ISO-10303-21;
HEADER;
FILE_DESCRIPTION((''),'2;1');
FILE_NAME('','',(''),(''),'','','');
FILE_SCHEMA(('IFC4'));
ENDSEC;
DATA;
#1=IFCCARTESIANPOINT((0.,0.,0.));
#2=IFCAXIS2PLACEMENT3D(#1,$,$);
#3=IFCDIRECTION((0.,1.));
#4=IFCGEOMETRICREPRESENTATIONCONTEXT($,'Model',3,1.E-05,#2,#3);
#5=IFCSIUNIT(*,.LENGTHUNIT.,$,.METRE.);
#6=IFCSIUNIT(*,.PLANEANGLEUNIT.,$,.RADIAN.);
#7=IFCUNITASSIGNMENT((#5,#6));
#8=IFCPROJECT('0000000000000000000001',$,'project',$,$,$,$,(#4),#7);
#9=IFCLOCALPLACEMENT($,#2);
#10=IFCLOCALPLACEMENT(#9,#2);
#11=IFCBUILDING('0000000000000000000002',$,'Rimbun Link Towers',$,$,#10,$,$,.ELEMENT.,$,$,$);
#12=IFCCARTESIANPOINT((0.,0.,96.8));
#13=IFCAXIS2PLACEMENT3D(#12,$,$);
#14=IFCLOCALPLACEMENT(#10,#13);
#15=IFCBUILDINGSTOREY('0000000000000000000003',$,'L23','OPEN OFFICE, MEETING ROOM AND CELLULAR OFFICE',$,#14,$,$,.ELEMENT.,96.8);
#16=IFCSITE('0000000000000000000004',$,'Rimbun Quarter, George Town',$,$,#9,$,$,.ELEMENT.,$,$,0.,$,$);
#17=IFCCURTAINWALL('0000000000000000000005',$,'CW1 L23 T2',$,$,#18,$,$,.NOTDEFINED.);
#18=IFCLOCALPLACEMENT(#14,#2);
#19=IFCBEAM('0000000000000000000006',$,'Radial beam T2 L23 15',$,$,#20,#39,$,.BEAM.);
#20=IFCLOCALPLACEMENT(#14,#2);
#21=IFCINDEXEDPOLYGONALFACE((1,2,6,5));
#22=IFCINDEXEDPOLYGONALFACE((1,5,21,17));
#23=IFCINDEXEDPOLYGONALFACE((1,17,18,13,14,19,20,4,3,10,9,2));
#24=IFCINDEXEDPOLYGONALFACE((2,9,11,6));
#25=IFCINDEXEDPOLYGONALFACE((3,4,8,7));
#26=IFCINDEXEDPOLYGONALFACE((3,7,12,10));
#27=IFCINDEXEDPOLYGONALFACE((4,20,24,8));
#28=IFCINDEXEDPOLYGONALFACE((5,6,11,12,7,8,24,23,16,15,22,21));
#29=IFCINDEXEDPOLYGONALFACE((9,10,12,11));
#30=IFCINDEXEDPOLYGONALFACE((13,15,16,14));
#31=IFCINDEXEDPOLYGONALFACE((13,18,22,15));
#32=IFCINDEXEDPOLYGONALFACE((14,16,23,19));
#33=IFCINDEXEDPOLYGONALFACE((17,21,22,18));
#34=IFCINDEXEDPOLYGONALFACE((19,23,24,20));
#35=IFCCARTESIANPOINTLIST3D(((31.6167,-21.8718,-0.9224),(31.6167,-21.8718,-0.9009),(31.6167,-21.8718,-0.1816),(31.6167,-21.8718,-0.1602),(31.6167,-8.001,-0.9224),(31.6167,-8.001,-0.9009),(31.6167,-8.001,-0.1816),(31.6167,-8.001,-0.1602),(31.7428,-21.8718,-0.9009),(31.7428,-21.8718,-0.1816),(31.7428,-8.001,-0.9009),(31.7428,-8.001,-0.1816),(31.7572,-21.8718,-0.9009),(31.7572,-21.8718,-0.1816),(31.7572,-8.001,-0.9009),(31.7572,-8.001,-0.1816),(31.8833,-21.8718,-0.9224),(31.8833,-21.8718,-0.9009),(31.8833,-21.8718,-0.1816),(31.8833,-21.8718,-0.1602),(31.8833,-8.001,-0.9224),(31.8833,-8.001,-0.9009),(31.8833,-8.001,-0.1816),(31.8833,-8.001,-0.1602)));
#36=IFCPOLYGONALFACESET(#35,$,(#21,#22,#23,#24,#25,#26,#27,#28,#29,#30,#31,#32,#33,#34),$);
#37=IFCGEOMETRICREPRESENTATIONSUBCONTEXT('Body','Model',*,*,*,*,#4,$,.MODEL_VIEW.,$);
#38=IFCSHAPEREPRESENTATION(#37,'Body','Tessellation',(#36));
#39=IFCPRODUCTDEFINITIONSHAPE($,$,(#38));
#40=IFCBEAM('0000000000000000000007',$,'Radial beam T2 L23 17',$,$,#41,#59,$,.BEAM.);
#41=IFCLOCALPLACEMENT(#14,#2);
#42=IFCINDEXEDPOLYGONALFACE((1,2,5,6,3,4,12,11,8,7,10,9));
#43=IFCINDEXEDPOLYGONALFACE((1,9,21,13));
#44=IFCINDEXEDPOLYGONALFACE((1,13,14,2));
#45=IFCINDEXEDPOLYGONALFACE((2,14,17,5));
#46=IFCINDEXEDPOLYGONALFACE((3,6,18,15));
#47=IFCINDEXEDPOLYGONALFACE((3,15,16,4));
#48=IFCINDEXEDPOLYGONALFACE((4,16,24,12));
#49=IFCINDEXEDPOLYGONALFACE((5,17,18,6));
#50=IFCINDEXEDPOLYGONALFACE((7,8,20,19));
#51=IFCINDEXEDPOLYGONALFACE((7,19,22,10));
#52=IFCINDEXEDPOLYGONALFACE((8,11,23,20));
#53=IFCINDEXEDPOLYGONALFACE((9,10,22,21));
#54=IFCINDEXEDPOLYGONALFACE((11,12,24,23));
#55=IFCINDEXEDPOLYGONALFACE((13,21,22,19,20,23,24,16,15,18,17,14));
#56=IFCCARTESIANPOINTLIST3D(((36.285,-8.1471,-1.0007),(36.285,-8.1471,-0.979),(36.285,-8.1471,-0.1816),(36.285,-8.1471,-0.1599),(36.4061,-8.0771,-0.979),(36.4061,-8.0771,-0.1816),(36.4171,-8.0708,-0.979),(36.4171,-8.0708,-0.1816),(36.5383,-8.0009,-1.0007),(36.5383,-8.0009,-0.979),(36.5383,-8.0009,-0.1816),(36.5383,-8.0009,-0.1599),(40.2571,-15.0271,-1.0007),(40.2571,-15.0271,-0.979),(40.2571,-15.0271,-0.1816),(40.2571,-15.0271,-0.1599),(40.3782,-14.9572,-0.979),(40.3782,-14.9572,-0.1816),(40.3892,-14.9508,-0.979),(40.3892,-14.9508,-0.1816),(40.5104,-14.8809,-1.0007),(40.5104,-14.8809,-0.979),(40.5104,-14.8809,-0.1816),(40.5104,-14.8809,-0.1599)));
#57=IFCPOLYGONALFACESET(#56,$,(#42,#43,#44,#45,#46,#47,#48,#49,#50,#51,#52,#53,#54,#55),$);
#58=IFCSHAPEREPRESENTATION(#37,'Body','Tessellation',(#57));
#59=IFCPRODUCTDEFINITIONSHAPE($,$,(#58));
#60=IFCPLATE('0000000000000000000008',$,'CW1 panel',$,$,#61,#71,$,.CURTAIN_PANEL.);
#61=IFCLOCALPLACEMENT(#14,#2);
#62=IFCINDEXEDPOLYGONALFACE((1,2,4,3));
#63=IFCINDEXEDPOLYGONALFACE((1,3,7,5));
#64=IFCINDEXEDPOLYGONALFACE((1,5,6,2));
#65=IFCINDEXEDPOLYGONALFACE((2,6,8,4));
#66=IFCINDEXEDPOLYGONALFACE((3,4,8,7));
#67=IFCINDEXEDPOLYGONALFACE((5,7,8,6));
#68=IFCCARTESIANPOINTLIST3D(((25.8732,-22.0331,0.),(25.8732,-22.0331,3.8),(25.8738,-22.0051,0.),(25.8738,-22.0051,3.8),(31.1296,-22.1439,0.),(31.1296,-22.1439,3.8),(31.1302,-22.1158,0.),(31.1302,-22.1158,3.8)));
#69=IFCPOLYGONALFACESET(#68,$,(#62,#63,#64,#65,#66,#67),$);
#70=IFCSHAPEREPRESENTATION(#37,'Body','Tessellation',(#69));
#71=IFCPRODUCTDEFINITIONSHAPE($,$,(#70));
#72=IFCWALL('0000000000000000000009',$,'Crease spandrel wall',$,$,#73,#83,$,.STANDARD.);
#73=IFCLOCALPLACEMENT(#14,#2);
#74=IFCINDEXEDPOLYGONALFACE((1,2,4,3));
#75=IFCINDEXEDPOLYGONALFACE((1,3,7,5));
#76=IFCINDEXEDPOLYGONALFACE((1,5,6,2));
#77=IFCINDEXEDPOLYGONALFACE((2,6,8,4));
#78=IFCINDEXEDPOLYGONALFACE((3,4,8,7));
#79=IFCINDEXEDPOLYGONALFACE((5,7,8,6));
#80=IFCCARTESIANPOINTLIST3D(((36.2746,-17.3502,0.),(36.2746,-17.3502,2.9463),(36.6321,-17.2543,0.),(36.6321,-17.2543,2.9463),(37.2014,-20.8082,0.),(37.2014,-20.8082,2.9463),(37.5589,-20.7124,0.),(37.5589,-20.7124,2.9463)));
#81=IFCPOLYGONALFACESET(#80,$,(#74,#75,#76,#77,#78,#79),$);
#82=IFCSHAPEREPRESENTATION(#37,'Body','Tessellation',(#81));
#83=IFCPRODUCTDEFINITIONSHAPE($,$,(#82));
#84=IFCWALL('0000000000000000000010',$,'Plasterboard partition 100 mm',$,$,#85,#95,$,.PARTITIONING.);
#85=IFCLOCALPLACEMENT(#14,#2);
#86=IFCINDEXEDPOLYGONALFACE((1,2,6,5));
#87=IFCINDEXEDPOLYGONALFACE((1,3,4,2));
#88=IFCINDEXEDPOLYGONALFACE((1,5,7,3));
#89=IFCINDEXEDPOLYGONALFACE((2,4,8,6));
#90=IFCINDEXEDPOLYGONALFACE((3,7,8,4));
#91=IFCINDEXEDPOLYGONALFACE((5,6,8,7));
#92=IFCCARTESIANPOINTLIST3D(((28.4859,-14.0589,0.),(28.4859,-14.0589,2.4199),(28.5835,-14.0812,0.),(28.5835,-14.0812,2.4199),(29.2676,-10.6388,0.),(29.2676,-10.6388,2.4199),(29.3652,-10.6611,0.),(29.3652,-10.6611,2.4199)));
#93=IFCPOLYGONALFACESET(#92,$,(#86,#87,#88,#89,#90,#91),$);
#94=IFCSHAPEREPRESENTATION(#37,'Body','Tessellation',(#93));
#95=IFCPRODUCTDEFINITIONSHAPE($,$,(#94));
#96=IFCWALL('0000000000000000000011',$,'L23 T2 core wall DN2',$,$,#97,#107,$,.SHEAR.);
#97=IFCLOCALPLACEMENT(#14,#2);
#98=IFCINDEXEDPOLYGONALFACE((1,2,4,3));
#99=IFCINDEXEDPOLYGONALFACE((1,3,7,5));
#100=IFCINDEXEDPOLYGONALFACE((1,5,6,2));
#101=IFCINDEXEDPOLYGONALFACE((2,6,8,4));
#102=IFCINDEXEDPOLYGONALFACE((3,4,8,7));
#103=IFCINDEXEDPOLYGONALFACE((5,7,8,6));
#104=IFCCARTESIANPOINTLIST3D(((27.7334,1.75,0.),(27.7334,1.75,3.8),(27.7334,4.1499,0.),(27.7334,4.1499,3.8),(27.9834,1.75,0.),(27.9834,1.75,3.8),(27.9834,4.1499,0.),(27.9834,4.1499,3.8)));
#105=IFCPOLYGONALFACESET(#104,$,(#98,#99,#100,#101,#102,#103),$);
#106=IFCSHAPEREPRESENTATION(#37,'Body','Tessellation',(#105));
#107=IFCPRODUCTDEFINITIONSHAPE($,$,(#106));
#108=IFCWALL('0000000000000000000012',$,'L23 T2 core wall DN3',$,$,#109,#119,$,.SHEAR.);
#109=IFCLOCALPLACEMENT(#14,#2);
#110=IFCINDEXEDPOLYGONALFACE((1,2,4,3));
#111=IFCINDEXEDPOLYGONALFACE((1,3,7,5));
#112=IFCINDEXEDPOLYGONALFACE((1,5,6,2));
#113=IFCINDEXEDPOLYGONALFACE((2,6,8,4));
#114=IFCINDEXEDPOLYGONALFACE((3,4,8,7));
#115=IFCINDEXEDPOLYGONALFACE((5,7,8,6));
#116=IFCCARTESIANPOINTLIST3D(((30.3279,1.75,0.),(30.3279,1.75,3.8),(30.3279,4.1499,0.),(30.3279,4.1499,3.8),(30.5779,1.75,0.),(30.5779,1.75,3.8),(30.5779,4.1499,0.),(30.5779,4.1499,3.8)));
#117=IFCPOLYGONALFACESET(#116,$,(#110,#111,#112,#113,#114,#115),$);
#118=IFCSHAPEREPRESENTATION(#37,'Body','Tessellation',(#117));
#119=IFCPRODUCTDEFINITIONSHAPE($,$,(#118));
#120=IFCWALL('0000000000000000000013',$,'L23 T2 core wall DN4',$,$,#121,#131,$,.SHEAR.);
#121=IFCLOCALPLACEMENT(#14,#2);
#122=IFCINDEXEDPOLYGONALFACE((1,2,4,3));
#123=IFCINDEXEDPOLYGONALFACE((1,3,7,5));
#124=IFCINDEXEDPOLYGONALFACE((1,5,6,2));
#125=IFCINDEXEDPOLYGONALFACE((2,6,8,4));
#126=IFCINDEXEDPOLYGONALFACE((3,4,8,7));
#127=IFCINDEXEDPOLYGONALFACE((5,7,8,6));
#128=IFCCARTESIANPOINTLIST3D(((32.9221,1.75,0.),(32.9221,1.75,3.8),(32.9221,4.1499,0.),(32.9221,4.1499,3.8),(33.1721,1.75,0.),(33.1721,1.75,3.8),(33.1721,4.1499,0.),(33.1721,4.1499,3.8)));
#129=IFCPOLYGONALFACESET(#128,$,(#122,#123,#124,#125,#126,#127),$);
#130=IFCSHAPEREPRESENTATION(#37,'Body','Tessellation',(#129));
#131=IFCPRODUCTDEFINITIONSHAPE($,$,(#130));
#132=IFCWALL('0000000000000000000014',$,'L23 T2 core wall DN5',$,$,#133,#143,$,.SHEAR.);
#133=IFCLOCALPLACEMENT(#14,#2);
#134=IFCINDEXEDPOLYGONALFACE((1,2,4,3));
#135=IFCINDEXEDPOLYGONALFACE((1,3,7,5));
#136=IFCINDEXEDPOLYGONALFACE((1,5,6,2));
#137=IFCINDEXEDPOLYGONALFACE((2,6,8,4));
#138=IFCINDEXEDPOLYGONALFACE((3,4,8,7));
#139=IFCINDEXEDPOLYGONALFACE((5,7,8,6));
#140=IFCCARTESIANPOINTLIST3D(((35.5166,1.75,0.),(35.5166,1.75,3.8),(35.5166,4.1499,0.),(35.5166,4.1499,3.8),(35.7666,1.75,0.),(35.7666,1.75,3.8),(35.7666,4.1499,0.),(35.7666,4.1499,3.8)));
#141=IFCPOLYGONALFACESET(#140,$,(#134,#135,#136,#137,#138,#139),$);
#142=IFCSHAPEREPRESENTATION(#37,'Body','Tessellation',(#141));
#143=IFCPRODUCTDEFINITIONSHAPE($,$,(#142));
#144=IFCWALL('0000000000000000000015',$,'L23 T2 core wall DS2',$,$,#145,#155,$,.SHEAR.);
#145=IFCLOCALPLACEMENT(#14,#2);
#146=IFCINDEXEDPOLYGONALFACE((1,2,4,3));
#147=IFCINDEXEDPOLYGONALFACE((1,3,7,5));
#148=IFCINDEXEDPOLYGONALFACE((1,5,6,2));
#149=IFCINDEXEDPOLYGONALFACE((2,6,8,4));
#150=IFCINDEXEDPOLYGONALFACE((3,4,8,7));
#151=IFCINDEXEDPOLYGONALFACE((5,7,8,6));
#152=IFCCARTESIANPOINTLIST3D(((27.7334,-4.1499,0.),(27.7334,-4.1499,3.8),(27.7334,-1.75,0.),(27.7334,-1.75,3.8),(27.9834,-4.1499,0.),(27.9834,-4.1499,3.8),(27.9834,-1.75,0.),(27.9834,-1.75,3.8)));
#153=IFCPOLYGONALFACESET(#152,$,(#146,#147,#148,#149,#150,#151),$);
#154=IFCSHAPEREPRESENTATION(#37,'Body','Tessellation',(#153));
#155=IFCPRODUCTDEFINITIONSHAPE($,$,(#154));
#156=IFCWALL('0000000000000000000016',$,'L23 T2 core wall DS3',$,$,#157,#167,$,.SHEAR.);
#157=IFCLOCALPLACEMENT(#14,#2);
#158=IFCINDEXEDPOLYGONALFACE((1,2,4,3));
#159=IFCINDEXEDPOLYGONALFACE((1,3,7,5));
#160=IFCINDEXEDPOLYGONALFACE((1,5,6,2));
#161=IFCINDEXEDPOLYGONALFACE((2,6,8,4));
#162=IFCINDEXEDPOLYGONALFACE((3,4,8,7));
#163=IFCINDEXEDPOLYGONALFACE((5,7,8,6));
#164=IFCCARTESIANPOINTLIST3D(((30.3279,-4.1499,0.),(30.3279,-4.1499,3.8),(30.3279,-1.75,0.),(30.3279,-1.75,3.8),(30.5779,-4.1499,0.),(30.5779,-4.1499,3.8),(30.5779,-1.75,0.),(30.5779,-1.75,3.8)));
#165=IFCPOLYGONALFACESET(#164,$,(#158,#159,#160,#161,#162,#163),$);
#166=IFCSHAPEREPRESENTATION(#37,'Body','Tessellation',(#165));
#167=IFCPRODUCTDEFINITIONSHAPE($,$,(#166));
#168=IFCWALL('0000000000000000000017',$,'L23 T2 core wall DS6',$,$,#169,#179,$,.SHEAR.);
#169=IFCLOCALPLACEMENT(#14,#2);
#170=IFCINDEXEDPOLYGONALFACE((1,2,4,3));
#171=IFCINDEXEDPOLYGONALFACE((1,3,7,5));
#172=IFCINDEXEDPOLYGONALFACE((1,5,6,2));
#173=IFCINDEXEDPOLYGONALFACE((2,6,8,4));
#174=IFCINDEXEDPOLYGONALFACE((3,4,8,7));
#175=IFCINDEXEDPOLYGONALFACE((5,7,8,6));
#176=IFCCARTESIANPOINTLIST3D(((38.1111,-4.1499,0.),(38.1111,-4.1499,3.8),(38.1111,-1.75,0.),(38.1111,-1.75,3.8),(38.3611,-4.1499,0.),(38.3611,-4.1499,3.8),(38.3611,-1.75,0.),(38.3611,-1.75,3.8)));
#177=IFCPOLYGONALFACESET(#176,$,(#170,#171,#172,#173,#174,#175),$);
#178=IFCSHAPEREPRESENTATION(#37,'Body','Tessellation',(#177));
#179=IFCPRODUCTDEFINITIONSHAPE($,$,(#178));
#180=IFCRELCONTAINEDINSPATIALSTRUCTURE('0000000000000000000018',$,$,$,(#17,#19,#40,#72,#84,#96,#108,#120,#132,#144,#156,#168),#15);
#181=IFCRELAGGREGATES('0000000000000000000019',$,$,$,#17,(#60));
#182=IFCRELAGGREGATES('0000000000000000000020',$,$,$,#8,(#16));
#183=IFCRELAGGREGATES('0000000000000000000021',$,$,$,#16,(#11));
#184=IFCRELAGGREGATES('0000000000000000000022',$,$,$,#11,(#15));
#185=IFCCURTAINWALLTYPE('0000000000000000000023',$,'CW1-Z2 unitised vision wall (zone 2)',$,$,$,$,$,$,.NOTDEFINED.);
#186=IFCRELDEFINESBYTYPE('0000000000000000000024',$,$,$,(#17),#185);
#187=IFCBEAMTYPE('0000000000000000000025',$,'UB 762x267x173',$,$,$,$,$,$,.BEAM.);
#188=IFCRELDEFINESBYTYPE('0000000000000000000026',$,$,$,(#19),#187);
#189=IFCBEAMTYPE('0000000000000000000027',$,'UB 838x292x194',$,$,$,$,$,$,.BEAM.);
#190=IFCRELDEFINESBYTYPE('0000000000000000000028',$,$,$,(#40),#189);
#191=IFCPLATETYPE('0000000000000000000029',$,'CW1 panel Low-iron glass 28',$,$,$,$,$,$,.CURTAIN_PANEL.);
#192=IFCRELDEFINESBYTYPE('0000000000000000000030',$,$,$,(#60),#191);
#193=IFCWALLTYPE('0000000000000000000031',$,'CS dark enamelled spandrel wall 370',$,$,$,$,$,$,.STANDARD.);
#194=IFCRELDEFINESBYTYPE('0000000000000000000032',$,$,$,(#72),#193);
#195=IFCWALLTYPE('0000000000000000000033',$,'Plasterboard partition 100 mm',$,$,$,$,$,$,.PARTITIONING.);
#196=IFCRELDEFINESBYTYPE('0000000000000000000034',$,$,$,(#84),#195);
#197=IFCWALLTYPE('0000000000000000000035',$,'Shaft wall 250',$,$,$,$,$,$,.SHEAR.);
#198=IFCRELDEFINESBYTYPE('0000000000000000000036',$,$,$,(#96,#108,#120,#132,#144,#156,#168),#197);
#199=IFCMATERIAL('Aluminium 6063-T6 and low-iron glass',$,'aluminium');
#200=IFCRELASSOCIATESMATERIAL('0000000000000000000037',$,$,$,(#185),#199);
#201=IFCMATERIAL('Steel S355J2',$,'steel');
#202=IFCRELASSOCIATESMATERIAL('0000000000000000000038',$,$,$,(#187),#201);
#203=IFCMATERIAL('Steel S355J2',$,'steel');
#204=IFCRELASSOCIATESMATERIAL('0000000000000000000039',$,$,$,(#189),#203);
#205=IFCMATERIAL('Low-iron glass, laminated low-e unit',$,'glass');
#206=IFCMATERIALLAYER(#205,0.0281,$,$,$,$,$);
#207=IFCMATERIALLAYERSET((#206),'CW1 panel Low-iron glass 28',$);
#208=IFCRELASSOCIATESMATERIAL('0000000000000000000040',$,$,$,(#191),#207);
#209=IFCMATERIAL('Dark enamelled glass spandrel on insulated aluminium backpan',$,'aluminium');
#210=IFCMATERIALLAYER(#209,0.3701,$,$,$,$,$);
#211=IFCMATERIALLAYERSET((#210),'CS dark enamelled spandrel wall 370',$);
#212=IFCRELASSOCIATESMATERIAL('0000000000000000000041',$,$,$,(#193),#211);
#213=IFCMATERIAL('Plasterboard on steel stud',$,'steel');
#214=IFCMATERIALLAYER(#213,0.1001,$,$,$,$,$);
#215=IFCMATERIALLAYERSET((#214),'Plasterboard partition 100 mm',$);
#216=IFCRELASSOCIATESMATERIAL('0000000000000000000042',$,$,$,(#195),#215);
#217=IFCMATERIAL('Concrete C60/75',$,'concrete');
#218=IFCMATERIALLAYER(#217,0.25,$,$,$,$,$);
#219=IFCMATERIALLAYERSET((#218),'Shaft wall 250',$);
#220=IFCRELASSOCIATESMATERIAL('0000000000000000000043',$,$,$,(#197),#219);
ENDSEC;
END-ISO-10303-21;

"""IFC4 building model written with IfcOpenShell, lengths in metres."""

from ifc_helpers import new_model, si_unit, direction, frame, frame_2d, origin, origin_2d, place, context, subcontext, project, spatial, rectangle, i_section, extrude, material, layer, layer_set, material_profile, profile_set, type_object, element, aggregate, save


model = new_model("IFC4")

# Units and contexts
model_context = context("Model", 3, precision=1e-05, world=origin(), true_north=direction((0.0, 1.0)))
body_context = subcontext(model_context, "Body", "Model", "MODEL_VIEW")
ifc_project = project(units=[si_unit("LENGTHUNIT", "METRE"), si_unit("PLANEANGLEUNIT", "RADIAN")], contexts=[model_context])

# Site, building, storey
site_placement = place(None, origin())
site = spatial("IfcSite", under=ifc_project, at=site_placement, Name="Rimbun Quarter, George Town", CompositionType="ELEMENT", RefElevation=0.0)
building_placement = place(site_placement, origin())
building = spatial("IfcBuilding", under=site, at=building_placement, Name="Rimbun Link Towers", CompositionType="ELEMENT")
storey_placement = place(building_placement, frame((0.0, 0.0, 96.8)))
storey = spatial("IfcBuildingStorey", under=building, at=storey_placement, Name="L23", Description="OPEN OFFICE, MEETING ROOM AND CELLULAR OFFICE", CompositionType="ELEMENT", Elevation=96.8)

# Curtain wall
ifc_material_1 = material(Name="Aluminium 6063-T6 and low-iron glass", Category="aluminium")
curtain_wall_type = type_object("IfcCurtainWallType", Name="CW1-Z2 unitised vision wall (zone 2)", PredefinedType="NOTDEFINED", material=ifc_material_1)
curtain_wall_placement = place(storey_placement, origin())
curtain_wall = element("IfcCurtainWall", 1, at=curtain_wall_placement, inside=storey, type_object=curtain_wall_type, Name="CW1 L23 T2", PredefinedType="NOTDEFINED")

# Beams
ifc_material_2 = material(Name="Steel S355J2", Category="steel")
ifc_material_profile_1 = material_profile(ifc_material_2, i_section(OverallWidth=0.2666, OverallDepth=0.7622, WebThickness=0.0144, FlangeThickness=0.0215, at=origin_2d()), Name="UB 762x267x173")
ifc_profile_set_1 = profile_set([ifc_material_profile_1], Name="Steel S355J2")
beam_type_1 = type_object("IfcBeamType", Name="UB 762x267x173", PredefinedType="BEAM", material=ifc_profile_set_1)
beam_1_placement = place(storey_placement, frame((31.75, -8.001, -0.5413), z_axis=(0.0, -1.0, 0.0), x_axis=(1.0, 0.0, 0.0)))
element("IfcBeam", 2, at=beam_1_placement, inside=storey, type_object=beam_type_1, Name="Radial beam T2 L23 15", PredefinedType="BEAM", context=body_context, shape_type="SweptSolid", body=[
    extrude(i_section(OverallWidth=0.2666, OverallDepth=0.7622, WebThickness=0.0144, FlangeThickness=0.0215, at=origin_2d()), origin(), (0.0, 0.0, 1.0), 13.8708),
])
ifc_material_3 = material(Name="Steel S355J2", Category="steel")
ifc_material_profile_2 = material_profile(ifc_material_3, i_section(OverallWidth=0.2925, OverallDepth=0.8408, WebThickness=0.0127, FlangeThickness=0.0217, at=origin_2d()), Name="UB 838x292x194")
ifc_profile_set_2 = profile_set([ifc_material_profile_2], Name="Steel S355J2")
beam_type_2 = type_object("IfcBeamType", Name="UB 838x292x194", PredefinedType="BEAM", material=ifc_profile_set_2)
beam_2_placement = place(storey_placement, frame((36.4116, -8.074, -0.5803), z_axis=(0.499993, -0.86603, 0.0), x_axis=(0.86603, 0.499993, 0.0)))
element("IfcBeam", 3, at=beam_2_placement, inside=storey, type_object=beam_type_2, Name="Radial beam T2 L23 17", PredefinedType="BEAM", context=body_context, shape_type="SweptSolid", body=[
    extrude(i_section(OverallWidth=0.2925, OverallDepth=0.8408, WebThickness=0.0127, FlangeThickness=0.0217, at=origin_2d()), origin(), (0.0, 0.0, 1.0), 7.9443),
])

# Plate
ifc_material_4 = material(Name="Low-iron glass, laminated low-e unit", Category="glass")
ifc_layer_1 = layer(ifc_material_4, 0.0281)
ifc_layer_set_1 = layer_set([ifc_layer_1], Name="CW1 panel Low-iron glass 28")
plate_type = type_object("IfcPlateType", Name="CW1 panel Low-iron glass 28", PredefinedType="CURTAIN_PANEL", material=ifc_layer_set_1)
plate_placement = place(storey_placement, frame((28.5017, -22.0745, 0.0), z_axis=(0.0, 0.0, 1.0), x_axis=(-0.999778, 0.02106, 0.0)))
plate = element("IfcPlate", 4, at=plate_placement, type_object=plate_type, Name="CW1 panel", PredefinedType="CURTAIN_PANEL", context=body_context, shape_type="SweptSolid", body=[
    extrude(rectangle(XDim=5.2576, YDim=0.0281, at=origin_2d()), origin(), (0.0, 0.0, 1.0), 3.8),
])
aggregate(curtain_wall, [plate])

# Walls
ifc_material_5 = material(Name="Dark enamelled glass spandrel on insulated aluminium backpan", Category="aluminium")
ifc_layer_2 = layer(ifc_material_5, 0.3701)
ifc_layer_set_2 = layer_set([ifc_layer_2], Name="CS dark enamelled spandrel wall 370")
wall_type_1 = type_object("IfcWallType", Name="CS dark enamelled spandrel wall 370", PredefinedType="STANDARD", material=ifc_layer_set_2)
wall_1_placement = place(storey_placement, frame((36.4534, -17.3022, 0.0), z_axis=(0.0, 0.0, 1.0), x_axis=(0.258868, -0.965913, 0.0)))
element("IfcWall", 5, at=wall_1_placement, inside=storey, type_object=wall_type_1, Name="Crease spandrel wall", PredefinedType="STANDARD", context=body_context, shape_type="SweptSolid", body=[
    extrude(rectangle(XDim=3.5801, YDim=0.3701, at=frame_2d((1.79, 0.0))), origin(), (0.0, 0.0, 1.0), 2.9463),
])
ifc_material_6 = material(Name="Plasterboard on steel stud", Category="steel")
ifc_layer_3 = layer(ifc_material_6, 0.1001)
ifc_layer_set_3 = layer_set([ifc_layer_3], Name="Plasterboard partition 100 mm")
wall_type_2 = type_object("IfcWallType", Name="Plasterboard partition 100 mm", PredefinedType="PARTITIONING", material=ifc_layer_set_3)
wall_2_placement = place(storey_placement, frame((28.5347, -14.0701, 0.0), z_axis=(0.0, 0.0, 1.0), x_axis=(0.222821, 0.974859, 0.0)))
element("IfcWall", 6, at=wall_2_placement, inside=storey, type_object=wall_type_2, Name="Plasterboard partition 100 mm", PredefinedType="PARTITIONING", context=body_context, shape_type="SweptSolid", body=[
    extrude(rectangle(XDim=3.5083, YDim=0.1001, at=frame_2d((1.7542, 0.0))), origin(), (0.0, 0.0, 1.0), 2.4199),
])
ifc_material_7 = material(Name="Concrete C60/75", Category="concrete")
ifc_layer_4 = layer(ifc_material_7, 0.25)
ifc_layer_set_4 = layer_set([ifc_layer_4], Name="Shaft wall 250")
wall_type_3 = type_object("IfcWallType", Name="Shaft wall 250", PredefinedType="SHEAR", material=ifc_layer_set_4)
for number, where, z_axis, x_axis, name in (
    (7, (27.8584, 1.75, 0.0), (0.0, 0.0, 1.0), (0.0, 1.0, 0.0), "L23 T2 core wall DN2"),
    (8, (30.4529, 1.75, 0.0), (0.0, 0.0, 1.0), (0.0, 1.0, 0.0), "L23 T2 core wall DN3"),
    (9, (33.0471, 1.75, 0.0), (0.0, 0.0, 1.0), (0.0, 1.0, 0.0), "L23 T2 core wall DN4"),
    (10, (35.6416, 1.75, 0.0), (0.0, 0.0, 1.0), (0.0, 1.0, 0.0), "L23 T2 core wall DN5"),
    (11, (27.8584, -4.1499, 0.0), (0.0, 0.0, 1.0), (0.0, 1.0, 0.0), "L23 T2 core wall DS2"),
    (12, (30.4529, -4.1499, 0.0), (0.0, 0.0, 1.0), (0.0, 1.0, 0.0), "L23 T2 core wall DS3"),
    (13, (38.2361, -4.1499, 0.0), (0.0, 0.0, 1.0), (0.0, 1.0, 0.0), "L23 T2 core wall DS6"),
):
    element("IfcWall", number, at=place(storey_placement, frame(where, z_axis=z_axis, x_axis=x_axis)), inside=storey, type_object=wall_type_3, Name=name, PredefinedType="SHEAR", context=body_context, shape_type="SweptSolid", body=[
        extrude(rectangle(XDim=2.3999, YDim=0.25, at=frame_2d((1.2, 0.0))), origin(), (0.0, 0.0, 1.0), 3.8),
    ])

save(model, "model.ifc")
